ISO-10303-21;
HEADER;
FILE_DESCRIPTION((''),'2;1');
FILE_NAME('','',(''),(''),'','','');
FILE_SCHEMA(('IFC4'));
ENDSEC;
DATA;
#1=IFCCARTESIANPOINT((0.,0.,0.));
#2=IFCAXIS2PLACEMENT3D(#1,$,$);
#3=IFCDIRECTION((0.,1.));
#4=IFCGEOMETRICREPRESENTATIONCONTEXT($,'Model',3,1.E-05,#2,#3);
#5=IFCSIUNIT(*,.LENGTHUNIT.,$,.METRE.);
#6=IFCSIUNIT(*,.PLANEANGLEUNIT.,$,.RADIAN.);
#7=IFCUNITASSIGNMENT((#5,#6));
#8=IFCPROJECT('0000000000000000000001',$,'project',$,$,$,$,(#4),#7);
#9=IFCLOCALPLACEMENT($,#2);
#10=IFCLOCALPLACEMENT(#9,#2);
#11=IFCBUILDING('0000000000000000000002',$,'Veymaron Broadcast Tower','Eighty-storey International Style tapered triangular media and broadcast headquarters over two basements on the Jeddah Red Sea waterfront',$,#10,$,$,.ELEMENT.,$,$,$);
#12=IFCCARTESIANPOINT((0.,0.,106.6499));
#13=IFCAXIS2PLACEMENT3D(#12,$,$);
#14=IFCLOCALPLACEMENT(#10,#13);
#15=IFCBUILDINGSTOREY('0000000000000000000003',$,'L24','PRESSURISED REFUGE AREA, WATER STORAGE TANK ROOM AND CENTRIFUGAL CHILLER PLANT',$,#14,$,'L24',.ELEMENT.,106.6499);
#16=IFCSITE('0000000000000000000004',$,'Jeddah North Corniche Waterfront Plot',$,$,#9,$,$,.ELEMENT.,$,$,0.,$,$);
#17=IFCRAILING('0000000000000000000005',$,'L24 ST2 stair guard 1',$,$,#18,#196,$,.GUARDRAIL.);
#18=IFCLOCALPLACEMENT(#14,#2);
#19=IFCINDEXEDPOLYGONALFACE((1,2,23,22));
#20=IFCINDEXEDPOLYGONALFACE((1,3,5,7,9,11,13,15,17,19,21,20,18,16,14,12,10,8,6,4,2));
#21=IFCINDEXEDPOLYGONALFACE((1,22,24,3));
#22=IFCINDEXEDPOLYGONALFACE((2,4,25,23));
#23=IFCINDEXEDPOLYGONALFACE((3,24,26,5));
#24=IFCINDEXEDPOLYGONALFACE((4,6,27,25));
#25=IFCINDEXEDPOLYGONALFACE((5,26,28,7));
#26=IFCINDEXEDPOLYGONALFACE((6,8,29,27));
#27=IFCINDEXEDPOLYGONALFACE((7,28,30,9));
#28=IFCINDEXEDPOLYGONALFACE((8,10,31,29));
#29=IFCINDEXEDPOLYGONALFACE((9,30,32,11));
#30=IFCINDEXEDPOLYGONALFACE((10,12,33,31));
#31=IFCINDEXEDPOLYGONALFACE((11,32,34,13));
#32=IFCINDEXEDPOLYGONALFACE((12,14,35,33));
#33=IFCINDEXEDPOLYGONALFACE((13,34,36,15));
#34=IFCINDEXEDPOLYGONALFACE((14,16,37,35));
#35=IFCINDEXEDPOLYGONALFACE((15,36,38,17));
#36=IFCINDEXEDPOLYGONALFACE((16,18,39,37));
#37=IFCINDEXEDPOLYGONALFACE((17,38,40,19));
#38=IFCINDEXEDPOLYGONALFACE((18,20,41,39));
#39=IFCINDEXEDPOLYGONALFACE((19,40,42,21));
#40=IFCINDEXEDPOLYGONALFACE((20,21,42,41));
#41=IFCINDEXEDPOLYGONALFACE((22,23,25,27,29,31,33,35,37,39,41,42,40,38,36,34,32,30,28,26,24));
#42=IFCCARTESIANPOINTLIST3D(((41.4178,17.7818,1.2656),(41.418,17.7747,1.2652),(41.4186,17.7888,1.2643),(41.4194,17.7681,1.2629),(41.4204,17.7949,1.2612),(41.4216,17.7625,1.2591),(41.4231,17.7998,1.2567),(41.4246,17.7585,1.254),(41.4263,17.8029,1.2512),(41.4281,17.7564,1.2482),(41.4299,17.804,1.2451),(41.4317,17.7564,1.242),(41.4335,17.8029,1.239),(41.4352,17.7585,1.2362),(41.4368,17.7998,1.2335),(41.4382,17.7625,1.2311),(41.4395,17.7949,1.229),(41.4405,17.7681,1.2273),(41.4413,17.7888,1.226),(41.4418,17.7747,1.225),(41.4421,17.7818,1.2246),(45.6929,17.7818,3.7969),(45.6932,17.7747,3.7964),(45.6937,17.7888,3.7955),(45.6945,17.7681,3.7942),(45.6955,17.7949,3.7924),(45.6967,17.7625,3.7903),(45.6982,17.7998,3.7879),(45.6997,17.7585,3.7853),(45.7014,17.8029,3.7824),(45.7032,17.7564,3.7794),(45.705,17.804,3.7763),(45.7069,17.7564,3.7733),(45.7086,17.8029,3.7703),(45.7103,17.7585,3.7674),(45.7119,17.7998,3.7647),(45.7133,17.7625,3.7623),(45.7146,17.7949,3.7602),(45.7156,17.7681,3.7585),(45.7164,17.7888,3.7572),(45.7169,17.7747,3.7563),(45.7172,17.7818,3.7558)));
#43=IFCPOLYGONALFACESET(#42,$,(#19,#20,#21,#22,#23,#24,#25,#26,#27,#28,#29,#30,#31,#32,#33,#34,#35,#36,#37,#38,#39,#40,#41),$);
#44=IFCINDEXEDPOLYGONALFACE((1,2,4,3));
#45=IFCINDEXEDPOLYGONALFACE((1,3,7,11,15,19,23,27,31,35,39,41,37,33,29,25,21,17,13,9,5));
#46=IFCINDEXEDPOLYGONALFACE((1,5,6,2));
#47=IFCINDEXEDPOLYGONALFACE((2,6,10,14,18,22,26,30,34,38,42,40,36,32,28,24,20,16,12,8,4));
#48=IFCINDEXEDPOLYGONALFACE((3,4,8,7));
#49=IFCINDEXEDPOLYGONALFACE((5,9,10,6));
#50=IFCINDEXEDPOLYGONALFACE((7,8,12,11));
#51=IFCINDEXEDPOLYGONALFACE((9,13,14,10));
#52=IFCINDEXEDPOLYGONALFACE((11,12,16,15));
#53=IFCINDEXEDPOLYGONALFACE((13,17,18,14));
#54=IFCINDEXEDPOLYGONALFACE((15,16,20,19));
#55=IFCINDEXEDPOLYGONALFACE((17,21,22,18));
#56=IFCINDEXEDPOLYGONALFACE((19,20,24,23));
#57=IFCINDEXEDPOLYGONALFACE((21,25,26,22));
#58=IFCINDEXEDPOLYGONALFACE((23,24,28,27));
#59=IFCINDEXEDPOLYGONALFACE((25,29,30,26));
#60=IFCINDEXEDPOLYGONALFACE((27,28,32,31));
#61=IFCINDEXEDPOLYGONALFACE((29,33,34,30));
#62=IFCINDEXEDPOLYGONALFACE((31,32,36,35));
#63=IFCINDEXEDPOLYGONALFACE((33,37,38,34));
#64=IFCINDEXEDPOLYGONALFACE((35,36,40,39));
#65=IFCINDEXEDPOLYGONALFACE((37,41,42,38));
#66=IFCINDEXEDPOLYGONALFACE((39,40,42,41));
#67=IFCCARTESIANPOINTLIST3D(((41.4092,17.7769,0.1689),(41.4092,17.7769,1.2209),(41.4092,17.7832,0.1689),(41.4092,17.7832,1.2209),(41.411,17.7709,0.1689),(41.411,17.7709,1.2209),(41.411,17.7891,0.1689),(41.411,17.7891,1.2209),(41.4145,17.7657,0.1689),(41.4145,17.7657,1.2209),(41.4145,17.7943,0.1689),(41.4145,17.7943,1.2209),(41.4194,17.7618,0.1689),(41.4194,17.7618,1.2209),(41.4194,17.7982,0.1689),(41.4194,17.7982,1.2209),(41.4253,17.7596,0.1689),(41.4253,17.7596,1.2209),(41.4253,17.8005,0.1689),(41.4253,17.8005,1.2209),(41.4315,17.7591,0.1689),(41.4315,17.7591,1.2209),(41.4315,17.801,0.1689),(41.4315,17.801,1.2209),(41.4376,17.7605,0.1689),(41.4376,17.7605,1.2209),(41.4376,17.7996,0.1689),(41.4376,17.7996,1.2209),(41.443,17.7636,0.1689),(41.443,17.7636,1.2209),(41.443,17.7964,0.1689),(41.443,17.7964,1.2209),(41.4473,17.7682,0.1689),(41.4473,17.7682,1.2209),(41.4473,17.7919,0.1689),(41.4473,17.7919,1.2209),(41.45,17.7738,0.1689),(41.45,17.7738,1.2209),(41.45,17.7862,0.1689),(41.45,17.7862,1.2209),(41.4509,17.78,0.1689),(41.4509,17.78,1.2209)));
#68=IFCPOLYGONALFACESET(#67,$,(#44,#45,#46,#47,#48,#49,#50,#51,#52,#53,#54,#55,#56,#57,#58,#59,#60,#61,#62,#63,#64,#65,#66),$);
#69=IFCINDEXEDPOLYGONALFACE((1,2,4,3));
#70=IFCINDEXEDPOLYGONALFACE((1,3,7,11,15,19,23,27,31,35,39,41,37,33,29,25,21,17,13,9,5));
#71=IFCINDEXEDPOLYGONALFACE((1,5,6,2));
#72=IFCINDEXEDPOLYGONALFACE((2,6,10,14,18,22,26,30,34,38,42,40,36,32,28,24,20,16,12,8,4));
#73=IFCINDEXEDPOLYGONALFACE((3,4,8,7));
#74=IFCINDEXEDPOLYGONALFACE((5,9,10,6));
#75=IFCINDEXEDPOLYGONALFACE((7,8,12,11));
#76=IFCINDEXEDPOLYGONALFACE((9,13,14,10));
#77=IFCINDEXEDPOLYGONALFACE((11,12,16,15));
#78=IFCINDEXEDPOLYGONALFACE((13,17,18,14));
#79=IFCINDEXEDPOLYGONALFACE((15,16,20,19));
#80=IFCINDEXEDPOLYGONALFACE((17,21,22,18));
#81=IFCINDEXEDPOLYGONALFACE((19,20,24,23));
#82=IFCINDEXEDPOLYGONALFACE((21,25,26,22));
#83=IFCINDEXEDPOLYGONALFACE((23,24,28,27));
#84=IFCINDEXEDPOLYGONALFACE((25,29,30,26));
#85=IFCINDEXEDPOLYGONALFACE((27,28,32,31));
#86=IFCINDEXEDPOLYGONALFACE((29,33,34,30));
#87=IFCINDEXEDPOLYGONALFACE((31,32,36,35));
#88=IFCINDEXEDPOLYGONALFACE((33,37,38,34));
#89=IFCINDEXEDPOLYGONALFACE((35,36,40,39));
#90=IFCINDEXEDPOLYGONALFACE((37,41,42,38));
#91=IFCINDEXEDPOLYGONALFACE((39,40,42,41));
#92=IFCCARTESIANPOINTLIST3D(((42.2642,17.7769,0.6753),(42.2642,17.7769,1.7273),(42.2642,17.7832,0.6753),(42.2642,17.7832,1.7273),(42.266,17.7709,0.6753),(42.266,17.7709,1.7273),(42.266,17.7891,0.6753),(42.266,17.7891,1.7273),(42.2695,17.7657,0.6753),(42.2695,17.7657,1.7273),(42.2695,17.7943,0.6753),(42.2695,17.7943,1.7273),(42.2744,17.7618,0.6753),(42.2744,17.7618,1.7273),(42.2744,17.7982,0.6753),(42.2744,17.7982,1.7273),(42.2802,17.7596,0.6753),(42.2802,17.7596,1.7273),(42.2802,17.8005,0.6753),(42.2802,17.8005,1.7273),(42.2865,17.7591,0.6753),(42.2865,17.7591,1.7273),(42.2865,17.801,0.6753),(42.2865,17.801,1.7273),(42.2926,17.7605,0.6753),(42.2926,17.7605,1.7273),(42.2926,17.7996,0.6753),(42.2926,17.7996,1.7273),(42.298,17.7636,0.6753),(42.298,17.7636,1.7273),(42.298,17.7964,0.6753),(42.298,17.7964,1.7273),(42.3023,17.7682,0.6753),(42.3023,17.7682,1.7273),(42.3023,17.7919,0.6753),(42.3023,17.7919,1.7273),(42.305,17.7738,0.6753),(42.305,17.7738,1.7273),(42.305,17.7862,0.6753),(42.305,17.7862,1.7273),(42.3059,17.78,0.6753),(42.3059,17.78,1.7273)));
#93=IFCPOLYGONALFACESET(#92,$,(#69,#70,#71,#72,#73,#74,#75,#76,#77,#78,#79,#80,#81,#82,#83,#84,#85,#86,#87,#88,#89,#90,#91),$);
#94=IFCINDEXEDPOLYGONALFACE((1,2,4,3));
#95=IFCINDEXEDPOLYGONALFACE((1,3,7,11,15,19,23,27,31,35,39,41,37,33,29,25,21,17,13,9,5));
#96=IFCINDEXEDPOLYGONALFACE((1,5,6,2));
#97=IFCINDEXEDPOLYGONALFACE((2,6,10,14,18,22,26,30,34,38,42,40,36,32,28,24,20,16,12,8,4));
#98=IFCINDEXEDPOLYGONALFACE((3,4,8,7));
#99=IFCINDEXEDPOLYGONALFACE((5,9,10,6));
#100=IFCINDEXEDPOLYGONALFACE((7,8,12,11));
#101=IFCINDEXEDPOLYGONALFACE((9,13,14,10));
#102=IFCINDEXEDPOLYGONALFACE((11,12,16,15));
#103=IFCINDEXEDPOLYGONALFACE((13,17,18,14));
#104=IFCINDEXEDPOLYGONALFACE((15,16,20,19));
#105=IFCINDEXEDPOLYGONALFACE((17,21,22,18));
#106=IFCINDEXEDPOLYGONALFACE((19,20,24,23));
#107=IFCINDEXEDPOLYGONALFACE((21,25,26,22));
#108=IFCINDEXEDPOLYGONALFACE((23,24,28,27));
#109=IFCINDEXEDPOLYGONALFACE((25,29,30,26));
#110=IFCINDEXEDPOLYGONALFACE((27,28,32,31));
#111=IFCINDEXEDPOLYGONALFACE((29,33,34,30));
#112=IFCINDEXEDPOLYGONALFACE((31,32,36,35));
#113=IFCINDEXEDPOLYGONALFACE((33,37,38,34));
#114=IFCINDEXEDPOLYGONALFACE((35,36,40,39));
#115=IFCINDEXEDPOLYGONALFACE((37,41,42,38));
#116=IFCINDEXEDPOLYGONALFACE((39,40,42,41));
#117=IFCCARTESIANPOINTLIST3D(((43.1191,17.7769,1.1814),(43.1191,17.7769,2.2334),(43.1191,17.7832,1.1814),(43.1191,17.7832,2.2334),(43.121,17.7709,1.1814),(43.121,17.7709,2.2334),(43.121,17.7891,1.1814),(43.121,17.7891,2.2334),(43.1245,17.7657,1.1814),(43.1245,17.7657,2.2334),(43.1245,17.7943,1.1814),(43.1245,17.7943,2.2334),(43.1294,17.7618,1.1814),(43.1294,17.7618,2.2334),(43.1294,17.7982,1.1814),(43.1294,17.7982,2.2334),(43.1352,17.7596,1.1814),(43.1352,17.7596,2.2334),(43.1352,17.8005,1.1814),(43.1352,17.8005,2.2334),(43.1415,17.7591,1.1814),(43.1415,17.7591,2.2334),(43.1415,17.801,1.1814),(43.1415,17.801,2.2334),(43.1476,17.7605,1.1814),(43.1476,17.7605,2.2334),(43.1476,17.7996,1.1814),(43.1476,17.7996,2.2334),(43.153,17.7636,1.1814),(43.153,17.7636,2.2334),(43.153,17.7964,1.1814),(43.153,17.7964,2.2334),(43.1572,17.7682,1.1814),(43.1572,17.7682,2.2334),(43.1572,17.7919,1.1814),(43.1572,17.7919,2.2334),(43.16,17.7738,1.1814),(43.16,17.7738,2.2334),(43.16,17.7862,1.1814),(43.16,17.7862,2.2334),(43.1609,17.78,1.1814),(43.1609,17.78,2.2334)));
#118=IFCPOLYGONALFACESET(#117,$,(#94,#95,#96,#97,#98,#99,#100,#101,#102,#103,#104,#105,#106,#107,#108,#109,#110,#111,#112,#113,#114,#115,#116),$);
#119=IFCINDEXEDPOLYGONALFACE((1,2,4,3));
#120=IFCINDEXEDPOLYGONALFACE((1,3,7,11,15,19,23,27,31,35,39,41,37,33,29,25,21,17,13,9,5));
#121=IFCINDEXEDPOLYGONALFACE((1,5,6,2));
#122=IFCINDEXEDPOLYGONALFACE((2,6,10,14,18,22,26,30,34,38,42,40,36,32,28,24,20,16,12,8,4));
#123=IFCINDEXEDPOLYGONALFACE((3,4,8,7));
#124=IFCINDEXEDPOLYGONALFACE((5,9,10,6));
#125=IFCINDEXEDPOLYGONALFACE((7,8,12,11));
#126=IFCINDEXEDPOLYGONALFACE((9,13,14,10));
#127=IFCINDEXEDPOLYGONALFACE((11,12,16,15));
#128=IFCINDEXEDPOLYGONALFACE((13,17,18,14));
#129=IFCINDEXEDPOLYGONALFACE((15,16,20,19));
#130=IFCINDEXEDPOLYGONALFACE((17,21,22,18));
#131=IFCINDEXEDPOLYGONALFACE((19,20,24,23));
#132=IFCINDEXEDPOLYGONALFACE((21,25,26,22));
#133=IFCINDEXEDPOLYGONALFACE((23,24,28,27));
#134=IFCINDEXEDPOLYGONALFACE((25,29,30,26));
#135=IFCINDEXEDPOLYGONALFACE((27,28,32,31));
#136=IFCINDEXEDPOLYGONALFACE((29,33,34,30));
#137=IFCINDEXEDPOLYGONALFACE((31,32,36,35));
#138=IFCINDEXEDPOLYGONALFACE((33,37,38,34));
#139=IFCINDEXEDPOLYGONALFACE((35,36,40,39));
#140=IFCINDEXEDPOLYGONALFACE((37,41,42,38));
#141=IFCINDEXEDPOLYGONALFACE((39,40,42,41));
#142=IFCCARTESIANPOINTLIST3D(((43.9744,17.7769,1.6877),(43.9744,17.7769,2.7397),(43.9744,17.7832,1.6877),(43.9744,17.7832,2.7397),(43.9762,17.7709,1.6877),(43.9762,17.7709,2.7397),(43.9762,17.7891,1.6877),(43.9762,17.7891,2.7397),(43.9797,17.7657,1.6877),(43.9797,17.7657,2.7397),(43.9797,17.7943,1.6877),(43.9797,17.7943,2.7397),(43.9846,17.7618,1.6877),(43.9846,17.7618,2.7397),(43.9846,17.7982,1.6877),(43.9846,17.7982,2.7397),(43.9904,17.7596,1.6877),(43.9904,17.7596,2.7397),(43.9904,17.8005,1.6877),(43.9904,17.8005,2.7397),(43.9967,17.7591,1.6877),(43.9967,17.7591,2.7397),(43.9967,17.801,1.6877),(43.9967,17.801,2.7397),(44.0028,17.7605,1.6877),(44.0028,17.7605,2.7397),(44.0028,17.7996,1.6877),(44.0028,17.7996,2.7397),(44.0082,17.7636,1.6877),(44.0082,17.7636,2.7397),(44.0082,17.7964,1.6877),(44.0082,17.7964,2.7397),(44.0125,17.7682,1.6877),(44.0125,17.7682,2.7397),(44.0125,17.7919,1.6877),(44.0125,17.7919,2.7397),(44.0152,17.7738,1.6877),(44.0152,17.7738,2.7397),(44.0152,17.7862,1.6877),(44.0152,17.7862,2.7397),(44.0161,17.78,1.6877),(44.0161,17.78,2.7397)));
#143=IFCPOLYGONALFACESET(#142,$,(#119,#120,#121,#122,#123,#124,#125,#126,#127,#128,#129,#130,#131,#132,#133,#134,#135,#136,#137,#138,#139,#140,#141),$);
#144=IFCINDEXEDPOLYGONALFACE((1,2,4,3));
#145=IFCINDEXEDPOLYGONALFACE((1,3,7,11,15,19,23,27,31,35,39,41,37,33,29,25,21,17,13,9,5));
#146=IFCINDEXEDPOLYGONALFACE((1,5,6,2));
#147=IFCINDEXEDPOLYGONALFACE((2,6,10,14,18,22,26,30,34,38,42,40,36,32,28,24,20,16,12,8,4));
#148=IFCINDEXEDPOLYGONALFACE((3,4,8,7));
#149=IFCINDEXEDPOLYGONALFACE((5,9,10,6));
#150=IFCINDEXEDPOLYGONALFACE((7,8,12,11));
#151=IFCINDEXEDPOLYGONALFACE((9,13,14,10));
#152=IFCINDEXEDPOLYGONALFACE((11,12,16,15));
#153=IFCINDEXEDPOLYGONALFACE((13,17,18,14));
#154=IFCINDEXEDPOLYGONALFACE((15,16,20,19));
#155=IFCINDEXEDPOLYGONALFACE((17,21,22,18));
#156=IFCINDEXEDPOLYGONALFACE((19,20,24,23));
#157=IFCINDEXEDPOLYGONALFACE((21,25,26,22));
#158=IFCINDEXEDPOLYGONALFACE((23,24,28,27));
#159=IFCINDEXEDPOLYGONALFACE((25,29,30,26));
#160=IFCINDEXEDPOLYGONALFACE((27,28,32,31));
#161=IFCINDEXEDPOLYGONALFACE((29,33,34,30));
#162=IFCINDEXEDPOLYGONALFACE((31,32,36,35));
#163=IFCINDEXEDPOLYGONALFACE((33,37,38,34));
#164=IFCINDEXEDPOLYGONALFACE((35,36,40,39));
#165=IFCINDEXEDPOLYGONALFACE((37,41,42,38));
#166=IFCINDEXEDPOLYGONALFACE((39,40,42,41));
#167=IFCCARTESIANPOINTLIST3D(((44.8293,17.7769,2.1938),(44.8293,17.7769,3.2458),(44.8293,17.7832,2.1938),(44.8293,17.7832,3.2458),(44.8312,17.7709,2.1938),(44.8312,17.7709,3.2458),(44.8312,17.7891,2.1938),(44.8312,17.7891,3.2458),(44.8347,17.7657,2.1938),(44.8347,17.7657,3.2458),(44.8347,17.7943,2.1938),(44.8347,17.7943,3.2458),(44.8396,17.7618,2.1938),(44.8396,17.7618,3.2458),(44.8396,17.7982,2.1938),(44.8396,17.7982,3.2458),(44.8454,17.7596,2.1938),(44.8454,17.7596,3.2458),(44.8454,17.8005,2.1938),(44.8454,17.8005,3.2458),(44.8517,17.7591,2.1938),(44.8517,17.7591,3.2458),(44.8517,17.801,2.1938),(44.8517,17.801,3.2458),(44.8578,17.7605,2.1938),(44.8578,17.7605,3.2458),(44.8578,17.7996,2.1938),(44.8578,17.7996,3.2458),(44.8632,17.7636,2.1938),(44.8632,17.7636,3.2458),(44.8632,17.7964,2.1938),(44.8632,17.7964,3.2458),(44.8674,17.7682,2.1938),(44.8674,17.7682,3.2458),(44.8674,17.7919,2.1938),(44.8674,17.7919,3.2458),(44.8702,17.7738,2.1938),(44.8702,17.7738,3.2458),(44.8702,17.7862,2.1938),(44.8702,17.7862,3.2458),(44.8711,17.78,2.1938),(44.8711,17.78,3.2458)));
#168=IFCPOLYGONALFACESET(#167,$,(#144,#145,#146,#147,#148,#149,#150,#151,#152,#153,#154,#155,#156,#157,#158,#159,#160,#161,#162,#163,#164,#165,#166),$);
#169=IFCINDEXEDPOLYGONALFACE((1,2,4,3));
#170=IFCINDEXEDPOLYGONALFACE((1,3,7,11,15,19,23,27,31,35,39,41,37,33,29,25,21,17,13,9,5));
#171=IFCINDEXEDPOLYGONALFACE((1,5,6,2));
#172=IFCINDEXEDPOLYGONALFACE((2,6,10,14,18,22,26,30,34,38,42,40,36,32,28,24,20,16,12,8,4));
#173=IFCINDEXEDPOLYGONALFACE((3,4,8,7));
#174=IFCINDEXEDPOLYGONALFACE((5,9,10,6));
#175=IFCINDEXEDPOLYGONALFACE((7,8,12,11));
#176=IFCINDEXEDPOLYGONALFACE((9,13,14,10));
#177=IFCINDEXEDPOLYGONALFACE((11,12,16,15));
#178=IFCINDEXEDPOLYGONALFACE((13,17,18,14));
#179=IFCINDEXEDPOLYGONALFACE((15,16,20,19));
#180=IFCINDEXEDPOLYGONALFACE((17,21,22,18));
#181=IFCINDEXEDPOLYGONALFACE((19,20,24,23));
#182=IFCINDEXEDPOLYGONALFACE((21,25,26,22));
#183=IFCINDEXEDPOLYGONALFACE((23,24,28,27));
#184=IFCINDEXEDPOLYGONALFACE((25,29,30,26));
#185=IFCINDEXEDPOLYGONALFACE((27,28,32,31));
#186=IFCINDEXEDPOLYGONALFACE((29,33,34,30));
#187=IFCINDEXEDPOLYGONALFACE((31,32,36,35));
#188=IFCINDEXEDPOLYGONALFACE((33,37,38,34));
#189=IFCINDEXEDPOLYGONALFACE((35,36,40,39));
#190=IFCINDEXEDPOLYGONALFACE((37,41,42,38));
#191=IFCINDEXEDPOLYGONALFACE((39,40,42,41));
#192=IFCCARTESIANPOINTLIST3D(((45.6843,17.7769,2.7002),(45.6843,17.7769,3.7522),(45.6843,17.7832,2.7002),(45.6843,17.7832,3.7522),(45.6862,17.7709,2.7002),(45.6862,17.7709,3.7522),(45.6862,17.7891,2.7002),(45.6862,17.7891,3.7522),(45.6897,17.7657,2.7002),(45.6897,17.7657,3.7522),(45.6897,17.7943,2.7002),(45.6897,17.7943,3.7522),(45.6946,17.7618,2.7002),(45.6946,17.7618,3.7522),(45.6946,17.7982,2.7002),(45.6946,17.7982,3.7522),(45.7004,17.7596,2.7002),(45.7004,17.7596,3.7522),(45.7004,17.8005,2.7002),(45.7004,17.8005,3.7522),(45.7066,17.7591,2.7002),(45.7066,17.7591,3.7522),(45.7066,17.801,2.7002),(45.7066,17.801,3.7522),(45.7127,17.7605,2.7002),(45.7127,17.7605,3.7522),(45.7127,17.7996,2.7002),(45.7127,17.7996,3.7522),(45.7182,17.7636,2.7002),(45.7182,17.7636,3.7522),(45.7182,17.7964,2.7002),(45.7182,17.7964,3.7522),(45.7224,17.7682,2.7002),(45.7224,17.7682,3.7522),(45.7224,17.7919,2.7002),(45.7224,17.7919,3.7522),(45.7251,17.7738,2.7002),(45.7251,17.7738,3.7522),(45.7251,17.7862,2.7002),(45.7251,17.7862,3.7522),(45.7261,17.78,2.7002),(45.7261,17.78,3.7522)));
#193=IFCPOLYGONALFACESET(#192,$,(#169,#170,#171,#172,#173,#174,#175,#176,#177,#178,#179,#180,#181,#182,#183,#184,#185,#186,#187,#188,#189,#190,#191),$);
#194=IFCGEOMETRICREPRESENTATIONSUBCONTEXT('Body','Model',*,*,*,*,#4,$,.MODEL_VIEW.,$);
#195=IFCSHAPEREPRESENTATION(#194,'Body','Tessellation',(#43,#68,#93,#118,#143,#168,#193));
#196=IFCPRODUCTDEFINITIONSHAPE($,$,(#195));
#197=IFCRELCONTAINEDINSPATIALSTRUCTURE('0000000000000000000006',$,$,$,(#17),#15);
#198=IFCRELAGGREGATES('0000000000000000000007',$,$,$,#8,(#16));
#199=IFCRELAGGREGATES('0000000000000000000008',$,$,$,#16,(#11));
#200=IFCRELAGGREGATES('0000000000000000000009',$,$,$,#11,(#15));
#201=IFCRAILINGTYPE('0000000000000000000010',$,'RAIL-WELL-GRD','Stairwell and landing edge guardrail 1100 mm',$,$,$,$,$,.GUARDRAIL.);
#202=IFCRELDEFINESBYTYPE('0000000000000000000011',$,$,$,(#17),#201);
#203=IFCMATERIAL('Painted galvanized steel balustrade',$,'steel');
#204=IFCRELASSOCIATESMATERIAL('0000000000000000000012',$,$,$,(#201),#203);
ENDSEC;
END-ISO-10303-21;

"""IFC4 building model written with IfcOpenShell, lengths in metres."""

from ifc_helpers import new_model, si_unit, direction, frame, origin, origin_2d, place, context, subcontext, project, spatial, circle, extrude, material, type_object, element, save


model = new_model("IFC4")

# Units and contexts
model_context = context("Model", 3, precision=1e-05, world=origin(), true_north=direction((0.0, 1.0)))
body_context = subcontext(model_context, "Body", "Model", "MODEL_VIEW")
ifc_project = project(units=[si_unit("LENGTHUNIT", "METRE"), si_unit("PLANEANGLEUNIT", "RADIAN")], contexts=[model_context])

# Site, building, storey
site_placement = place(None, origin())
site = spatial("IfcSite", under=ifc_project, at=site_placement, Name="Jeddah North Corniche Waterfront Plot", CompositionType="ELEMENT", RefElevation=0.0)
building_placement = place(site_placement, origin())
building = spatial("IfcBuilding", under=site, at=building_placement, Name="Veymaron Broadcast Tower", Description="Eighty-storey International Style tapered triangular media and broadcast headquarters over two basements on the Jeddah Red Sea waterfront", CompositionType="ELEMENT")
storey_placement = place(building_placement, frame((0.0, 0.0, 106.6499)))
storey = spatial("IfcBuildingStorey", under=building, at=storey_placement, Name="L24", Description="PRESSURISED REFUGE AREA, WATER STORAGE TANK ROOM AND CENTRIFUGAL CHILLER PLANT", LongName="L24", CompositionType="ELEMENT", Elevation=106.6499)

# Railing
ifc_material_1 = material(Name="Painted galvanized steel balustrade", Category="steel")
railing_type_1 = type_object("IfcRailingType", Name="RAIL-WELL-GRD", Description="Stairwell and landing edge guardrail 1100 mm", PredefinedType="GUARDRAIL", material=ifc_material_1)
railing_1_placement = place(storey_placement, frame((41.4299, 17.78, 0.1689)))
element("IfcRailing", 1, at=railing_1_placement, inside=storey, type_object=railing_type_1, Name="L24 ST2 stair guard 1", PredefinedType="GUARDRAIL", context=body_context, shape_type="SweptSolid", body=[
    extrude(circle(Radius=0.0239, at=origin_2d()), frame((0.0, 0.0, 1.0762), z_axis=(0.860483, 0.0, 0.509479), x_axis=(0.0, 1.0, 0.0)), (0.0, 0.0, 1.0), 4.9683),
    extrude(circle(Radius=0.021, at=origin_2d()), origin(), (0.0, 0.0, 1.0), 1.052),
    extrude(circle(Radius=0.021, at=origin_2d()), frame((0.855, 0.0, 0.5063)), (0.0, 0.0, 1.0), 1.052),
    extrude(circle(Radius=0.021, at=origin_2d()), frame((1.71, 0.0, 1.0125)), (0.0, 0.0, 1.0), 1.052),
    extrude(circle(Radius=0.021, at=origin_2d()), frame((2.5652, 0.0, 1.5188)), (0.0, 0.0, 1.0), 1.052),
    extrude(circle(Radius=0.021, at=origin_2d()), frame((3.4202, 0.0, 2.0249)), (0.0, 0.0, 1.0), 1.052),
    extrude(circle(Radius=0.021, at=origin_2d()), frame((4.2751, 0.0, 2.5312)), (0.0, 0.0, 1.0), 1.052),
])

save(model, "model.ifc")
